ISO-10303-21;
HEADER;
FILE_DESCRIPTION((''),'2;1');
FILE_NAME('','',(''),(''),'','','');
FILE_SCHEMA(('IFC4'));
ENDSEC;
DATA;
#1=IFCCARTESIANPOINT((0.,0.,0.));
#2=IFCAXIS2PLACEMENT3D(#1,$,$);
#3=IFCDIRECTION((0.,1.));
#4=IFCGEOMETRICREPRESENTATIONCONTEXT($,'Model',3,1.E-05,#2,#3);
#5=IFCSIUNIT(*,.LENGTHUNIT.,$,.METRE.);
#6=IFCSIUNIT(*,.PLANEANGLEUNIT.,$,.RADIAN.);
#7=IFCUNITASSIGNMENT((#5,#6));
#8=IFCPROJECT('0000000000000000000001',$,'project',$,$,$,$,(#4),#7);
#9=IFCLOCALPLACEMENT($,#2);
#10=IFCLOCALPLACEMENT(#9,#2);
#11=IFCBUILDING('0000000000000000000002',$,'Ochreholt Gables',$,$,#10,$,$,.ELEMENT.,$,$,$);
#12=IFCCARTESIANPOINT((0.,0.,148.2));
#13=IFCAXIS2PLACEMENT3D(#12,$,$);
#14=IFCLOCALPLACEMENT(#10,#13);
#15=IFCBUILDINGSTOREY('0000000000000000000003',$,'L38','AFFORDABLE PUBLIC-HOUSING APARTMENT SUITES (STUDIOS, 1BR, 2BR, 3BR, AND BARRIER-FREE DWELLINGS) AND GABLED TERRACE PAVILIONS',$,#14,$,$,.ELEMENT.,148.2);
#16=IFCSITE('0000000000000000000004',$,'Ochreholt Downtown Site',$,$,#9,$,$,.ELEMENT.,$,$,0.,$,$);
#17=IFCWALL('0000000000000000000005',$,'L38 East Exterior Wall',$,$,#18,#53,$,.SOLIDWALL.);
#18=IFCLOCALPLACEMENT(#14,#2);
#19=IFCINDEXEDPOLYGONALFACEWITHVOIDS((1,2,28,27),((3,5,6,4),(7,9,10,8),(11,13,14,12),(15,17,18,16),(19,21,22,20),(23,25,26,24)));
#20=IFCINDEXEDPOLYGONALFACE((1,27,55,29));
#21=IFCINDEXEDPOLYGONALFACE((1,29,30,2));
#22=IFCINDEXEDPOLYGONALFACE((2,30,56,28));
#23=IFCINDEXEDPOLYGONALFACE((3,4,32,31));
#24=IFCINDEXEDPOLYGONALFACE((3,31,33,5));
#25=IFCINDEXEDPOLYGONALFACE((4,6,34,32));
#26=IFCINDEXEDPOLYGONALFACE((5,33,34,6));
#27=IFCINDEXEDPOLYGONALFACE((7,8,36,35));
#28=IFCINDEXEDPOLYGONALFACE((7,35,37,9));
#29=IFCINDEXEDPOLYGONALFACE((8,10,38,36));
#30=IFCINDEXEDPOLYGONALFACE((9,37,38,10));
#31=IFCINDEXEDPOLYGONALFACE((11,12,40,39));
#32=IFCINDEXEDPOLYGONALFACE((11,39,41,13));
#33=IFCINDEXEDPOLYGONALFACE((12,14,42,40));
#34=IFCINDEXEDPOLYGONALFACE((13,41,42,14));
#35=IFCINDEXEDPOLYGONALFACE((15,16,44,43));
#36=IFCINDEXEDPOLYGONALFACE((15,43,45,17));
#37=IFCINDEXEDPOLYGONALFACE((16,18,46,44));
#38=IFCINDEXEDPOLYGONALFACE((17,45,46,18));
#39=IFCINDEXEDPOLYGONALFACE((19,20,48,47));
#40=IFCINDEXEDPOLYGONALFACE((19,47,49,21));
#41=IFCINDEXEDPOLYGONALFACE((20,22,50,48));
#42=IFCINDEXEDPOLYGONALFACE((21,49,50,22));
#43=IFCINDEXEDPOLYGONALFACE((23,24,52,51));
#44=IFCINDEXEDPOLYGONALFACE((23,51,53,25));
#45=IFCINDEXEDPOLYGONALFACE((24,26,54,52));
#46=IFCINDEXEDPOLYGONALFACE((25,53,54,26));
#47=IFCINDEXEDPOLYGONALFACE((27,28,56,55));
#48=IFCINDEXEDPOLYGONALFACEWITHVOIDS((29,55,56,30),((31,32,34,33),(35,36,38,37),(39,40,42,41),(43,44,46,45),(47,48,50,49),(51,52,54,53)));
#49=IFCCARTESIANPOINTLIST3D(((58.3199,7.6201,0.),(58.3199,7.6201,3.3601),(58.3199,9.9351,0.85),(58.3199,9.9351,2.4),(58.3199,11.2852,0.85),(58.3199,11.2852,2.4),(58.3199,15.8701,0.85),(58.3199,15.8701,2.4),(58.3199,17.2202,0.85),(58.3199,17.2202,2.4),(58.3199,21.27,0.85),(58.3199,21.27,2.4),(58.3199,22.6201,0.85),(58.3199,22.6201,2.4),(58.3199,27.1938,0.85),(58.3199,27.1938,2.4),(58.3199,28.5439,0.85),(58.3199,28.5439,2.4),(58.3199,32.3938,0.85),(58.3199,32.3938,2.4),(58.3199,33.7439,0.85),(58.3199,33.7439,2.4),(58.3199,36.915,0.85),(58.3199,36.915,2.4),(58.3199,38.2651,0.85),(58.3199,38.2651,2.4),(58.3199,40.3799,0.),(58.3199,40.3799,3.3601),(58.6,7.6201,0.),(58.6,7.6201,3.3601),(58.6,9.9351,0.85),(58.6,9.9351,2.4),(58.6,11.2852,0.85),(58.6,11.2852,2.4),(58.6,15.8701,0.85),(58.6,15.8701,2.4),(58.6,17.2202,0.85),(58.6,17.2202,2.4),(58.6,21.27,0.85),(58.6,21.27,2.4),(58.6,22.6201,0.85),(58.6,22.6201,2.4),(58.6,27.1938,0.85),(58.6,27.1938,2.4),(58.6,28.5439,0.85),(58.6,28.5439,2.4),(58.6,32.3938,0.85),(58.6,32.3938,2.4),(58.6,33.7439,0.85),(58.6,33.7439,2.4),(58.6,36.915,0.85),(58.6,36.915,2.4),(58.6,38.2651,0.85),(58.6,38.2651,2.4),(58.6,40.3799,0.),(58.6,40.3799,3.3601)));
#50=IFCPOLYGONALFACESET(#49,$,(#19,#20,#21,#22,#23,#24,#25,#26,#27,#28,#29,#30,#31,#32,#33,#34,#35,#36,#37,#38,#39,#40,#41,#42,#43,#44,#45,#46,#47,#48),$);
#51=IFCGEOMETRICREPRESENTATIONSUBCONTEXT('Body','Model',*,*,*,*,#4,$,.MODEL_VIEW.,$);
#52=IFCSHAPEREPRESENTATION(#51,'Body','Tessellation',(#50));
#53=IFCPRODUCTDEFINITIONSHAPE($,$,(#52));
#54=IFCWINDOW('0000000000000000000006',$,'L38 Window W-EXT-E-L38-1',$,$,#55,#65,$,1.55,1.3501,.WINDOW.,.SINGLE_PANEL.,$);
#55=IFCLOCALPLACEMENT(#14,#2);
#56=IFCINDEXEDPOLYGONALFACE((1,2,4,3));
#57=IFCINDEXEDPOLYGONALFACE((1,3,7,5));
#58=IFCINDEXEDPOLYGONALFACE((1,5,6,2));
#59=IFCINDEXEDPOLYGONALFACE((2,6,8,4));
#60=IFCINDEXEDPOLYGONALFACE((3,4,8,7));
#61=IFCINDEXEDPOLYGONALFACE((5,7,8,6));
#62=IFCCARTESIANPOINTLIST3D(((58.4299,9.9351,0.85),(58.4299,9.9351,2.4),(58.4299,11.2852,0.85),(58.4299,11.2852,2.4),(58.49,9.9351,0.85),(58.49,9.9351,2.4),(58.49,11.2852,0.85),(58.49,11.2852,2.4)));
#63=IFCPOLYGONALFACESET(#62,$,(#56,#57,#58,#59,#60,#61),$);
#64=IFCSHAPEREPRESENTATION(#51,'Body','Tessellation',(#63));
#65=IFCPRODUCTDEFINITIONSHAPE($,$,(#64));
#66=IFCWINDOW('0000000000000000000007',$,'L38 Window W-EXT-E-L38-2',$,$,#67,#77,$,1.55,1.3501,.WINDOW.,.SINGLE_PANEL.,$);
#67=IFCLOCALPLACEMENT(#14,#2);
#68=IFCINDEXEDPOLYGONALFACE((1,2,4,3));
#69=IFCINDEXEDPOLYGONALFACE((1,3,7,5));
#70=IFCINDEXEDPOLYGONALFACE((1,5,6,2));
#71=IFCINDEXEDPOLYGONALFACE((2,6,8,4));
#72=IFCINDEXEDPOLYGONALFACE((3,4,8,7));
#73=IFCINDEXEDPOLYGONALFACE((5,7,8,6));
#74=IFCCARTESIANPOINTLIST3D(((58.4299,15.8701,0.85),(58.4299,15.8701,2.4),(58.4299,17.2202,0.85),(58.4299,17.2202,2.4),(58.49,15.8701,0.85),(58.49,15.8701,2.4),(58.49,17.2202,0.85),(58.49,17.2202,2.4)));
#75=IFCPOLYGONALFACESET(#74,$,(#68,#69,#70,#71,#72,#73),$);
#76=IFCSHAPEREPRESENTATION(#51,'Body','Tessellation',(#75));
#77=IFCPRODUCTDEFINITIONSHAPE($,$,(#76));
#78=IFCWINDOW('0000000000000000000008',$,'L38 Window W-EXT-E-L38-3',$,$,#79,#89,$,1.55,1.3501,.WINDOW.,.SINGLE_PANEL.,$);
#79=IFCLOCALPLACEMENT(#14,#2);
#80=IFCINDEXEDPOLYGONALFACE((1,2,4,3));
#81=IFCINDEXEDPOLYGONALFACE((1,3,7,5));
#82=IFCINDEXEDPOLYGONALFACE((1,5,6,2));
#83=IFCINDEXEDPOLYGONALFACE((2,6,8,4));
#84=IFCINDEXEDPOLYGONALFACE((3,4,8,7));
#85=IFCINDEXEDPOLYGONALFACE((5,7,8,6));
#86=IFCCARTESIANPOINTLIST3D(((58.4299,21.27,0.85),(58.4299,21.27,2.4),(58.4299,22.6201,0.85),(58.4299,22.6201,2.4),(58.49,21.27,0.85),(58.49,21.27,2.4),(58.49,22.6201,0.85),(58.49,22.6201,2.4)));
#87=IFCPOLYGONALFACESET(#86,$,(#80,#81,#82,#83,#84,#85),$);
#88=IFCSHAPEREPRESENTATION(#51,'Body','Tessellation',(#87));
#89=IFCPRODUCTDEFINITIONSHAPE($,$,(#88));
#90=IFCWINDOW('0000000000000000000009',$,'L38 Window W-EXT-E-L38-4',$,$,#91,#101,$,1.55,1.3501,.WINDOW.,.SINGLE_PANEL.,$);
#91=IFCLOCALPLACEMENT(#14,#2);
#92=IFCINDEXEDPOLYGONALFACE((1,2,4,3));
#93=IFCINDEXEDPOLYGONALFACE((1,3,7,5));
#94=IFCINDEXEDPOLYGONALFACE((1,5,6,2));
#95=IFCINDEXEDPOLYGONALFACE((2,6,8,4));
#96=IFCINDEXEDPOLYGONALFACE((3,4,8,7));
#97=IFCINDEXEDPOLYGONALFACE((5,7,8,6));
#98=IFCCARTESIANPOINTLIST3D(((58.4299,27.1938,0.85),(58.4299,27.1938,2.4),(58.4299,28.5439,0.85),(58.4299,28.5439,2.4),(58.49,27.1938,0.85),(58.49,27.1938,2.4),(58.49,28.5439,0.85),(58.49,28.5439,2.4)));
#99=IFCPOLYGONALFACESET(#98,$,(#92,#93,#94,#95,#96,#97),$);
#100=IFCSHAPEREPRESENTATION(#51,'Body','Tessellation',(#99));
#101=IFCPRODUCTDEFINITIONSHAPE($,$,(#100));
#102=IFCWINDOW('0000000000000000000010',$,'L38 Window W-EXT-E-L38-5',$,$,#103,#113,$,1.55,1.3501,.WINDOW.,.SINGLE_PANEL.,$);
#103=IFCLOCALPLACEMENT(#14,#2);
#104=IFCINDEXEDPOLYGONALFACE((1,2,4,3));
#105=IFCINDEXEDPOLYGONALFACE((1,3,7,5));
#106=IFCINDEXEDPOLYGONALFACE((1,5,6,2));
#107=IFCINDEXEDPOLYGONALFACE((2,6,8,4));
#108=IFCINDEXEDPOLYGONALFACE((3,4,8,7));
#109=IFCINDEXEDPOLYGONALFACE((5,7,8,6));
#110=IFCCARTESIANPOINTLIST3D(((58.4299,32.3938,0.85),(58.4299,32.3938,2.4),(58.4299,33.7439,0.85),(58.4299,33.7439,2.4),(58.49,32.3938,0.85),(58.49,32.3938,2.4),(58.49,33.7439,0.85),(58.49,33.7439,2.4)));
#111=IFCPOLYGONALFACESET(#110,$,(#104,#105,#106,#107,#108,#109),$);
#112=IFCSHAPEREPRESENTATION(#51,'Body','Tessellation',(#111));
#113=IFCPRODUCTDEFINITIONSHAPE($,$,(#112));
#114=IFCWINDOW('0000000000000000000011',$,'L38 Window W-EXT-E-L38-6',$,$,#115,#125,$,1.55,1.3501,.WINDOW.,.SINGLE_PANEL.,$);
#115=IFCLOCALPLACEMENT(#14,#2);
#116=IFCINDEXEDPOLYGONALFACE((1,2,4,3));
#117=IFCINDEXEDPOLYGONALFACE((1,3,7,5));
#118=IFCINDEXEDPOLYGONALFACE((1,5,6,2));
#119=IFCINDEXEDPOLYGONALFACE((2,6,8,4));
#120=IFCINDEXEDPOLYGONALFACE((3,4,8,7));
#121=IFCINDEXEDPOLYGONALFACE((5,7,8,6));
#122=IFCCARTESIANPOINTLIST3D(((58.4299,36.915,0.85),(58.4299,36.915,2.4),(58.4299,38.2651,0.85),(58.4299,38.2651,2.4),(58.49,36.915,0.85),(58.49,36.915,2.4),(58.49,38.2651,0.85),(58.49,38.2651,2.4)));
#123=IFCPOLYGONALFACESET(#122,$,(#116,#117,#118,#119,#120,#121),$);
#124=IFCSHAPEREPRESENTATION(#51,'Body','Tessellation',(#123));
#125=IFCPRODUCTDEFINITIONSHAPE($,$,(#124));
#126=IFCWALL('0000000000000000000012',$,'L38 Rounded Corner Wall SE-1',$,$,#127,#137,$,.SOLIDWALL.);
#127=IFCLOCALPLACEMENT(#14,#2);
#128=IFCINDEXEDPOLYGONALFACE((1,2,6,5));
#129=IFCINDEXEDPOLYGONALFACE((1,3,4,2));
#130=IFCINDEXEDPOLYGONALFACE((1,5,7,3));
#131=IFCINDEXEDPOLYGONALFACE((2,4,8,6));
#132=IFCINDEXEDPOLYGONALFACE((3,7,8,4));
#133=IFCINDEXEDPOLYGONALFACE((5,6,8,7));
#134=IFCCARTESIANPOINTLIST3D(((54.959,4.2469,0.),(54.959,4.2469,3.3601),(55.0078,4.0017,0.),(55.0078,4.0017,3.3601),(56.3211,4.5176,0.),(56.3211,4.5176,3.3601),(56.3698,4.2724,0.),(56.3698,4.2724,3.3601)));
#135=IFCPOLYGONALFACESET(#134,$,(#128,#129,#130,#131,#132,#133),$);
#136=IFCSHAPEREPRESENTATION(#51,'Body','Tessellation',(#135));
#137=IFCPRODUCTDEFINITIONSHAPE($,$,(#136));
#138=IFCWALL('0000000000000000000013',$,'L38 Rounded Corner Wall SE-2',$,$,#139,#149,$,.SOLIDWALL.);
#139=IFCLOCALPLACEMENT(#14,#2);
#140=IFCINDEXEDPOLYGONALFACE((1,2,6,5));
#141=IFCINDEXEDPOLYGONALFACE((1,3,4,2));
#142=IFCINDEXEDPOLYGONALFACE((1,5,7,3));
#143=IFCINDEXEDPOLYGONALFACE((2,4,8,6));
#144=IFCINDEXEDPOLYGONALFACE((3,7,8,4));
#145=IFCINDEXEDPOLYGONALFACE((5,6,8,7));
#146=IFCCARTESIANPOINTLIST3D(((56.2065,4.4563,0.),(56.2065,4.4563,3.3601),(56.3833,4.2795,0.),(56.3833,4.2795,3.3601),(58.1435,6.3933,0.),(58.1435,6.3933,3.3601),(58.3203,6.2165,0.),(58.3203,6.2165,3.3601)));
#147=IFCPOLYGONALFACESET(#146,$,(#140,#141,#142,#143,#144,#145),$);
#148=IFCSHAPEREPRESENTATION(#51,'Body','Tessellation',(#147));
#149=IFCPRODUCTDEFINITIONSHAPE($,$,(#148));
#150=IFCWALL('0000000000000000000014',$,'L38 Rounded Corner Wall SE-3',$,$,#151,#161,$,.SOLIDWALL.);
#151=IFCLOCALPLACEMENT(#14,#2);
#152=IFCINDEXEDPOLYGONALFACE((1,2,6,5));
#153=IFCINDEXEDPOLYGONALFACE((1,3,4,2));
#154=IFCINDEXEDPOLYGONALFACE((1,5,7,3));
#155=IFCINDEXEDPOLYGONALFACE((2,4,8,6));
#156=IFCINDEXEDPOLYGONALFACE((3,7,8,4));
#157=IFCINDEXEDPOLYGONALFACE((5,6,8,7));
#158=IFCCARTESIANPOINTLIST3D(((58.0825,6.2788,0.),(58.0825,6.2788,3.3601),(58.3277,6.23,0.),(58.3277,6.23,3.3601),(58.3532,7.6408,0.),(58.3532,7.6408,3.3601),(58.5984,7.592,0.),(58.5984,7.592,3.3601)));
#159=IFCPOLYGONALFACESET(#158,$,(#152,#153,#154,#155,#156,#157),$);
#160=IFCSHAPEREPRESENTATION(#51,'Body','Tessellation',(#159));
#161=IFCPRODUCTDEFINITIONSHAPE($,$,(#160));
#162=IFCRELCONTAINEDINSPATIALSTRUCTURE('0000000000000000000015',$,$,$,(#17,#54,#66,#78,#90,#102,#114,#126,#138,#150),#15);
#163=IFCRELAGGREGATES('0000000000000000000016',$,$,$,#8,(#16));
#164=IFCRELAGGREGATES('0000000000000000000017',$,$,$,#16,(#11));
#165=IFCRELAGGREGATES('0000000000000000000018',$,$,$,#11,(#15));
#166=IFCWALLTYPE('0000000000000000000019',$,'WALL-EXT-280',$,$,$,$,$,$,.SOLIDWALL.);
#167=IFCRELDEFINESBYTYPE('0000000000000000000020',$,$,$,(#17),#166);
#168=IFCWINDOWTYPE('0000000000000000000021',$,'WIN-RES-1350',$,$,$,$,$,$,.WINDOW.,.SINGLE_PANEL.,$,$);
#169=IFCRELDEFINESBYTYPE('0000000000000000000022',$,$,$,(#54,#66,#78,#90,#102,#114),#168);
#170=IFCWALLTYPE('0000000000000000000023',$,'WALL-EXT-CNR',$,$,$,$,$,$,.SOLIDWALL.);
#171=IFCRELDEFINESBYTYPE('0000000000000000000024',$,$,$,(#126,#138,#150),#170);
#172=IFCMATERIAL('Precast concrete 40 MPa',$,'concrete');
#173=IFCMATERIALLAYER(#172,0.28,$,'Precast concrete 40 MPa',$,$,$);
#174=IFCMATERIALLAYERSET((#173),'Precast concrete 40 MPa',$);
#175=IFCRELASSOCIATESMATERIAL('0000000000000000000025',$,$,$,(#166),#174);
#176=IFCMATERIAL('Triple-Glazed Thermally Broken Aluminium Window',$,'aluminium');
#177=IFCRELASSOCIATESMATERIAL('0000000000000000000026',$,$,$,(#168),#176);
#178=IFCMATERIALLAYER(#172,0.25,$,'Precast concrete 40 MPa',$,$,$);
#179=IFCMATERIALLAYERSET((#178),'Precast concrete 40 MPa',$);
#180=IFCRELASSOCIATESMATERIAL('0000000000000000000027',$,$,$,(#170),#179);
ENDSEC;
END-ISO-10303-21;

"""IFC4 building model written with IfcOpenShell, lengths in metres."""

from ifc_helpers import new_model, si_unit, direction, frame, frame_2d, origin, place, context, subcontext, project, spatial, rectangle, extrude, material, layer, layer_set, type_object, element, fill, save


model = new_model("IFC4")

# Units and contexts
model_context = context("Model", 3, precision=1e-05, world=origin(), true_north=direction((0.0, 1.0)))
body_context = subcontext(model_context, "Body", "Model", "MODEL_VIEW")
ifc_project = project(units=[si_unit("LENGTHUNIT", "METRE"), si_unit("PLANEANGLEUNIT", "RADIAN")], contexts=[model_context])

# Site, building, storey
site_placement = place(None, origin())
site = spatial("IfcSite", under=ifc_project, at=site_placement, Name="Ochreholt Downtown Site", CompositionType="ELEMENT", RefElevation=0.0)
building_placement = place(site_placement, origin())
building = spatial("IfcBuilding", under=site, at=building_placement, Name="Ochreholt Gables", CompositionType="ELEMENT")
storey_placement = place(building_placement, frame((0.0, 0.0, 148.2)))
storey = spatial("IfcBuildingStorey", under=building, at=storey_placement, Name="L38", Description="AFFORDABLE PUBLIC-HOUSING APARTMENT SUITES (STUDIOS, 1BR, 2BR, 3BR, AND BARRIER-FREE DWELLINGS) AND GABLED TERRACE PAVILIONS", CompositionType="ELEMENT", Elevation=148.2)

# Wall, openings, windows
ifc_material_1 = material(Name="Precast concrete 40 MPa", Category="concrete")
ifc_layer_1 = layer(ifc_material_1, 0.28, Name="Precast concrete 40 MPa")
ifc_layer_set_1 = layer_set([ifc_layer_1], Name="Precast concrete 40 MPa")
wall_type_1 = type_object("IfcWallType", Name="WALL-EXT-280", PredefinedType="SOLIDWALL", material=ifc_layer_set_1)
wall_1_placement = place(storey_placement, frame((58.46, 7.6201, 0.0), z_axis=(0.0, 0.0, 1.0), x_axis=(0.0, 1.0, 0.0)))
wall_1 = element("IfcWall", 1, at=wall_1_placement, inside=storey, type_object=wall_type_1, Name="L38 East Exterior Wall", PredefinedType="SOLIDWALL", context=body_context, shape_type="SweptSolid", body=[
    extrude(rectangle(XDim=32.7598, YDim=0.28, at=frame_2d((16.3799, 0.0))), origin(), (0.0, 0.0, 1.0), 3.3601),
])
opening_1_placement = place(wall_1_placement, frame((2.3149, 0.0, 0.8501)))
opening_1 = element("IfcOpeningElement", 2, at=opening_1_placement, cuts=wall_1, PredefinedType="OPENING", context=body_context, shape_type="SweptSolid", body=[
    extrude(rectangle(XDim=1.3501, YDim=1.55, at=frame_2d((0.675, 0.7749))), frame((0.0, 0.1499, 0.0), z_axis=(0.0, -1.0, 0.0), x_axis=(1.0, 0.0, 0.0)), (0.0, 0.0, 1.0), 0.3),
])
opening_2_placement = place(wall_1_placement, frame((8.25, 0.0, 0.8501)))
opening_2 = element("IfcOpeningElement", 3, at=opening_2_placement, cuts=wall_1, PredefinedType="OPENING", context=body_context, shape_type="SweptSolid", body=[
    extrude(rectangle(XDim=1.3501, YDim=1.55, at=frame_2d((0.675, 0.7749))), frame((0.0, 0.1499, 0.0), z_axis=(0.0, -1.0, 0.0), x_axis=(1.0, 0.0, 0.0)), (0.0, 0.0, 1.0), 0.3),
])
opening_3_placement = place(wall_1_placement, frame((13.6499, 0.0, 0.8501)))
opening_3 = element("IfcOpeningElement", 4, at=opening_3_placement, cuts=wall_1, PredefinedType="OPENING", context=body_context, shape_type="SweptSolid", body=[
    extrude(rectangle(XDim=1.3501, YDim=1.55, at=frame_2d((0.675, 0.7749))), frame((0.0, 0.1499, 0.0), z_axis=(0.0, -1.0, 0.0), x_axis=(1.0, 0.0, 0.0)), (0.0, 0.0, 1.0), 0.3),
])
opening_4_placement = place(wall_1_placement, frame((19.5737, 0.0, 0.8501)))
opening_4 = element("IfcOpeningElement", 5, at=opening_4_placement, cuts=wall_1, PredefinedType="OPENING", context=body_context, shape_type="SweptSolid", body=[
    extrude(rectangle(XDim=1.3501, YDim=1.55, at=frame_2d((0.675, 0.7749))), frame((0.0, 0.1499, 0.0), z_axis=(0.0, -1.0, 0.0), x_axis=(1.0, 0.0, 0.0)), (0.0, 0.0, 1.0), 0.3),
])
opening_5_placement = place(wall_1_placement, frame((24.7737, 0.0, 0.8501)))
opening_5 = element("IfcOpeningElement", 6, at=opening_5_placement, cuts=wall_1, PredefinedType="OPENING", context=body_context, shape_type="SweptSolid", body=[
    extrude(rectangle(XDim=1.3501, YDim=1.55, at=frame_2d((0.675, 0.7749))), frame((0.0, 0.1499, 0.0), z_axis=(0.0, -1.0, 0.0), x_axis=(1.0, 0.0, 0.0)), (0.0, 0.0, 1.0), 0.3),
])
opening_6_placement = place(wall_1_placement, frame((29.2949, 0.0, 0.8501)))
opening_6 = element("IfcOpeningElement", 7, at=opening_6_placement, cuts=wall_1, PredefinedType="OPENING", context=body_context, shape_type="SweptSolid", body=[
    extrude(rectangle(XDim=1.3501, YDim=1.55, at=frame_2d((0.675, 0.7749))), frame((0.0, 0.1499, 0.0), z_axis=(0.0, -1.0, 0.0), x_axis=(1.0, 0.0, 0.0)), (0.0, 0.0, 1.0), 0.3),
])
ifc_material_2 = material(Name="Triple-Glazed Thermally Broken Aluminium Window", Category="aluminium")
window_type = type_object("IfcWindowType", Name="WIN-RES-1350", PartitioningType="SINGLE_PANEL", PredefinedType="WINDOW", material=ifc_material_2)
window_1_placement = place(opening_1_placement, origin())
window_1 = element("IfcWindow", 8, at=window_1_placement, inside=storey, type_object=window_type, Name="L38 Window W-EXT-E-L38-1", OverallHeight=1.55, OverallWidth=1.3501, PartitioningType="SINGLE_PANEL", PredefinedType="WINDOW", context=body_context, shape_type="SweptSolid", body=[
    extrude(rectangle(XDim=1.3501, YDim=1.55, at=frame_2d((0.675, 0.7749))), frame((0.0, 0.03, 0.0), z_axis=(0.0, -1.0, 0.0), x_axis=(1.0, 0.0, 0.0)), (0.0, 0.0, 1.0), 0.0601),
])
fill(opening_1, window_1)
window_2_placement = place(opening_2_placement, origin())
window_2 = element("IfcWindow", 9, at=window_2_placement, inside=storey, type_object=window_type, Name="L38 Window W-EXT-E-L38-2", OverallHeight=1.55, OverallWidth=1.3501, PartitioningType="SINGLE_PANEL", PredefinedType="WINDOW", context=body_context, shape_type="SweptSolid", body=[
    extrude(rectangle(XDim=1.3501, YDim=1.55, at=frame_2d((0.675, 0.7749))), frame((0.0, 0.03, 0.0), z_axis=(0.0, -1.0, 0.0), x_axis=(1.0, 0.0, 0.0)), (0.0, 0.0, 1.0), 0.0601),
])
fill(opening_2, window_2)
window_3_placement = place(opening_3_placement, origin())
window_3 = element("IfcWindow", 10, at=window_3_placement, inside=storey, type_object=window_type, Name="L38 Window W-EXT-E-L38-3", OverallHeight=1.55, OverallWidth=1.3501, PartitioningType="SINGLE_PANEL", PredefinedType="WINDOW", context=body_context, shape_type="SweptSolid", body=[
    extrude(rectangle(XDim=1.3501, YDim=1.55, at=frame_2d((0.675, 0.7749))), frame((0.0, 0.03, 0.0), z_axis=(0.0, -1.0, 0.0), x_axis=(1.0, 0.0, 0.0)), (0.0, 0.0, 1.0), 0.0601),
])
fill(opening_3, window_3)
window_4_placement = place(opening_4_placement, origin())
window_4 = element("IfcWindow", 11, at=window_4_placement, inside=storey, type_object=window_type, Name="L38 Window W-EXT-E-L38-4", OverallHeight=1.55, OverallWidth=1.3501, PartitioningType="SINGLE_PANEL", PredefinedType="WINDOW", context=body_context, shape_type="SweptSolid", body=[
    extrude(rectangle(XDim=1.3501, YDim=1.55, at=frame_2d((0.675, 0.7749))), frame((0.0, 0.03, 0.0), z_axis=(0.0, -1.0, 0.0), x_axis=(1.0, 0.0, 0.0)), (0.0, 0.0, 1.0), 0.0601),
])
fill(opening_4, window_4)
window_5_placement = place(opening_5_placement, origin())
window_5 = element("IfcWindow", 12, at=window_5_placement, inside=storey, type_object=window_type, Name="L38 Window W-EXT-E-L38-5", OverallHeight=1.55, OverallWidth=1.3501, PartitioningType="SINGLE_PANEL", PredefinedType="WINDOW", context=body_context, shape_type="SweptSolid", body=[
    extrude(rectangle(XDim=1.3501, YDim=1.55, at=frame_2d((0.675, 0.7749))), frame((0.0, 0.03, 0.0), z_axis=(0.0, -1.0, 0.0), x_axis=(1.0, 0.0, 0.0)), (0.0, 0.0, 1.0), 0.0601),
])
fill(opening_5, window_5)
window_6_placement = place(opening_6_placement, origin())
window_6 = element("IfcWindow", 13, at=window_6_placement, inside=storey, type_object=window_type, Name="L38 Window W-EXT-E-L38-6", OverallHeight=1.55, OverallWidth=1.3501, PartitioningType="SINGLE_PANEL", PredefinedType="WINDOW", context=body_context, shape_type="SweptSolid", body=[
    extrude(rectangle(XDim=1.3501, YDim=1.55, at=frame_2d((0.675, 0.7749))), frame((0.0, 0.03, 0.0), z_axis=(0.0, -1.0, 0.0), x_axis=(1.0, 0.0, 0.0)), (0.0, 0.0, 1.0), 0.0601),
])
fill(opening_6, window_6)

# Walls
ifc_layer_2 = layer(ifc_material_1, 0.25, Name="Precast concrete 40 MPa")
ifc_layer_set_2 = layer_set([ifc_layer_2], Name="Precast concrete 40 MPa")
wall_type_2 = type_object("IfcWallType", Name="WALL-EXT-CNR", PredefinedType="SOLIDWALL", material=ifc_layer_set_2)
wall_2_placement = place(storey_placement, frame((54.9834, 4.1243, 0.0), z_axis=(0.0, 0.0, 1.0), x_axis=(0.98081, 0.194967, 0.0)))
element("IfcWall", 14, at=wall_2_placement, inside=storey, type_object=wall_type_2, Name="L38 Rounded Corner Wall SE-1", PredefinedType="SOLIDWALL", context=body_context, shape_type="SweptSolid", body=[
    extrude(rectangle(XDim=1.3887, YDim=0.25, at=frame_2d((0.6943, 0.0))), origin(), (0.0, 0.0, 1.0), 3.3601),
])
wall_3_placement = place(storey_placement, frame((56.2949, 4.3679, 0.0), z_axis=(0.0, 0.0, 1.0), x_axis=(0.707107, 0.707107, 0.0)))
element("IfcWall", 15, at=wall_3_placement, inside=storey, type_object=wall_type_2, Name="L38 Rounded Corner Wall SE-2", PredefinedType="SOLIDWALL", context=body_context, shape_type="SweptSolid", body=[
    extrude(rectangle(XDim=2.7393, YDim=0.25, at=frame_2d((1.3696, 0.0))), origin(), (0.0, 0.0, 1.0), 3.3601),
])
wall_4_placement = place(storey_placement, frame((58.2051, 6.2544, 0.0), z_axis=(0.0, 0.0, 1.0), x_axis=(0.194967, 0.98081, 0.0)))
element("IfcWall", 16, at=wall_4_placement, inside=storey, type_object=wall_type_2, Name="L38 Rounded Corner Wall SE-3", PredefinedType="SOLIDWALL", context=body_context, shape_type="SweptSolid", body=[
    extrude(rectangle(XDim=1.3887, YDim=0.25, at=frame_2d((0.6943, 0.0))), origin(), (0.0, 0.0, 1.0), 3.3601),
])

save(model, "model.ifc")
